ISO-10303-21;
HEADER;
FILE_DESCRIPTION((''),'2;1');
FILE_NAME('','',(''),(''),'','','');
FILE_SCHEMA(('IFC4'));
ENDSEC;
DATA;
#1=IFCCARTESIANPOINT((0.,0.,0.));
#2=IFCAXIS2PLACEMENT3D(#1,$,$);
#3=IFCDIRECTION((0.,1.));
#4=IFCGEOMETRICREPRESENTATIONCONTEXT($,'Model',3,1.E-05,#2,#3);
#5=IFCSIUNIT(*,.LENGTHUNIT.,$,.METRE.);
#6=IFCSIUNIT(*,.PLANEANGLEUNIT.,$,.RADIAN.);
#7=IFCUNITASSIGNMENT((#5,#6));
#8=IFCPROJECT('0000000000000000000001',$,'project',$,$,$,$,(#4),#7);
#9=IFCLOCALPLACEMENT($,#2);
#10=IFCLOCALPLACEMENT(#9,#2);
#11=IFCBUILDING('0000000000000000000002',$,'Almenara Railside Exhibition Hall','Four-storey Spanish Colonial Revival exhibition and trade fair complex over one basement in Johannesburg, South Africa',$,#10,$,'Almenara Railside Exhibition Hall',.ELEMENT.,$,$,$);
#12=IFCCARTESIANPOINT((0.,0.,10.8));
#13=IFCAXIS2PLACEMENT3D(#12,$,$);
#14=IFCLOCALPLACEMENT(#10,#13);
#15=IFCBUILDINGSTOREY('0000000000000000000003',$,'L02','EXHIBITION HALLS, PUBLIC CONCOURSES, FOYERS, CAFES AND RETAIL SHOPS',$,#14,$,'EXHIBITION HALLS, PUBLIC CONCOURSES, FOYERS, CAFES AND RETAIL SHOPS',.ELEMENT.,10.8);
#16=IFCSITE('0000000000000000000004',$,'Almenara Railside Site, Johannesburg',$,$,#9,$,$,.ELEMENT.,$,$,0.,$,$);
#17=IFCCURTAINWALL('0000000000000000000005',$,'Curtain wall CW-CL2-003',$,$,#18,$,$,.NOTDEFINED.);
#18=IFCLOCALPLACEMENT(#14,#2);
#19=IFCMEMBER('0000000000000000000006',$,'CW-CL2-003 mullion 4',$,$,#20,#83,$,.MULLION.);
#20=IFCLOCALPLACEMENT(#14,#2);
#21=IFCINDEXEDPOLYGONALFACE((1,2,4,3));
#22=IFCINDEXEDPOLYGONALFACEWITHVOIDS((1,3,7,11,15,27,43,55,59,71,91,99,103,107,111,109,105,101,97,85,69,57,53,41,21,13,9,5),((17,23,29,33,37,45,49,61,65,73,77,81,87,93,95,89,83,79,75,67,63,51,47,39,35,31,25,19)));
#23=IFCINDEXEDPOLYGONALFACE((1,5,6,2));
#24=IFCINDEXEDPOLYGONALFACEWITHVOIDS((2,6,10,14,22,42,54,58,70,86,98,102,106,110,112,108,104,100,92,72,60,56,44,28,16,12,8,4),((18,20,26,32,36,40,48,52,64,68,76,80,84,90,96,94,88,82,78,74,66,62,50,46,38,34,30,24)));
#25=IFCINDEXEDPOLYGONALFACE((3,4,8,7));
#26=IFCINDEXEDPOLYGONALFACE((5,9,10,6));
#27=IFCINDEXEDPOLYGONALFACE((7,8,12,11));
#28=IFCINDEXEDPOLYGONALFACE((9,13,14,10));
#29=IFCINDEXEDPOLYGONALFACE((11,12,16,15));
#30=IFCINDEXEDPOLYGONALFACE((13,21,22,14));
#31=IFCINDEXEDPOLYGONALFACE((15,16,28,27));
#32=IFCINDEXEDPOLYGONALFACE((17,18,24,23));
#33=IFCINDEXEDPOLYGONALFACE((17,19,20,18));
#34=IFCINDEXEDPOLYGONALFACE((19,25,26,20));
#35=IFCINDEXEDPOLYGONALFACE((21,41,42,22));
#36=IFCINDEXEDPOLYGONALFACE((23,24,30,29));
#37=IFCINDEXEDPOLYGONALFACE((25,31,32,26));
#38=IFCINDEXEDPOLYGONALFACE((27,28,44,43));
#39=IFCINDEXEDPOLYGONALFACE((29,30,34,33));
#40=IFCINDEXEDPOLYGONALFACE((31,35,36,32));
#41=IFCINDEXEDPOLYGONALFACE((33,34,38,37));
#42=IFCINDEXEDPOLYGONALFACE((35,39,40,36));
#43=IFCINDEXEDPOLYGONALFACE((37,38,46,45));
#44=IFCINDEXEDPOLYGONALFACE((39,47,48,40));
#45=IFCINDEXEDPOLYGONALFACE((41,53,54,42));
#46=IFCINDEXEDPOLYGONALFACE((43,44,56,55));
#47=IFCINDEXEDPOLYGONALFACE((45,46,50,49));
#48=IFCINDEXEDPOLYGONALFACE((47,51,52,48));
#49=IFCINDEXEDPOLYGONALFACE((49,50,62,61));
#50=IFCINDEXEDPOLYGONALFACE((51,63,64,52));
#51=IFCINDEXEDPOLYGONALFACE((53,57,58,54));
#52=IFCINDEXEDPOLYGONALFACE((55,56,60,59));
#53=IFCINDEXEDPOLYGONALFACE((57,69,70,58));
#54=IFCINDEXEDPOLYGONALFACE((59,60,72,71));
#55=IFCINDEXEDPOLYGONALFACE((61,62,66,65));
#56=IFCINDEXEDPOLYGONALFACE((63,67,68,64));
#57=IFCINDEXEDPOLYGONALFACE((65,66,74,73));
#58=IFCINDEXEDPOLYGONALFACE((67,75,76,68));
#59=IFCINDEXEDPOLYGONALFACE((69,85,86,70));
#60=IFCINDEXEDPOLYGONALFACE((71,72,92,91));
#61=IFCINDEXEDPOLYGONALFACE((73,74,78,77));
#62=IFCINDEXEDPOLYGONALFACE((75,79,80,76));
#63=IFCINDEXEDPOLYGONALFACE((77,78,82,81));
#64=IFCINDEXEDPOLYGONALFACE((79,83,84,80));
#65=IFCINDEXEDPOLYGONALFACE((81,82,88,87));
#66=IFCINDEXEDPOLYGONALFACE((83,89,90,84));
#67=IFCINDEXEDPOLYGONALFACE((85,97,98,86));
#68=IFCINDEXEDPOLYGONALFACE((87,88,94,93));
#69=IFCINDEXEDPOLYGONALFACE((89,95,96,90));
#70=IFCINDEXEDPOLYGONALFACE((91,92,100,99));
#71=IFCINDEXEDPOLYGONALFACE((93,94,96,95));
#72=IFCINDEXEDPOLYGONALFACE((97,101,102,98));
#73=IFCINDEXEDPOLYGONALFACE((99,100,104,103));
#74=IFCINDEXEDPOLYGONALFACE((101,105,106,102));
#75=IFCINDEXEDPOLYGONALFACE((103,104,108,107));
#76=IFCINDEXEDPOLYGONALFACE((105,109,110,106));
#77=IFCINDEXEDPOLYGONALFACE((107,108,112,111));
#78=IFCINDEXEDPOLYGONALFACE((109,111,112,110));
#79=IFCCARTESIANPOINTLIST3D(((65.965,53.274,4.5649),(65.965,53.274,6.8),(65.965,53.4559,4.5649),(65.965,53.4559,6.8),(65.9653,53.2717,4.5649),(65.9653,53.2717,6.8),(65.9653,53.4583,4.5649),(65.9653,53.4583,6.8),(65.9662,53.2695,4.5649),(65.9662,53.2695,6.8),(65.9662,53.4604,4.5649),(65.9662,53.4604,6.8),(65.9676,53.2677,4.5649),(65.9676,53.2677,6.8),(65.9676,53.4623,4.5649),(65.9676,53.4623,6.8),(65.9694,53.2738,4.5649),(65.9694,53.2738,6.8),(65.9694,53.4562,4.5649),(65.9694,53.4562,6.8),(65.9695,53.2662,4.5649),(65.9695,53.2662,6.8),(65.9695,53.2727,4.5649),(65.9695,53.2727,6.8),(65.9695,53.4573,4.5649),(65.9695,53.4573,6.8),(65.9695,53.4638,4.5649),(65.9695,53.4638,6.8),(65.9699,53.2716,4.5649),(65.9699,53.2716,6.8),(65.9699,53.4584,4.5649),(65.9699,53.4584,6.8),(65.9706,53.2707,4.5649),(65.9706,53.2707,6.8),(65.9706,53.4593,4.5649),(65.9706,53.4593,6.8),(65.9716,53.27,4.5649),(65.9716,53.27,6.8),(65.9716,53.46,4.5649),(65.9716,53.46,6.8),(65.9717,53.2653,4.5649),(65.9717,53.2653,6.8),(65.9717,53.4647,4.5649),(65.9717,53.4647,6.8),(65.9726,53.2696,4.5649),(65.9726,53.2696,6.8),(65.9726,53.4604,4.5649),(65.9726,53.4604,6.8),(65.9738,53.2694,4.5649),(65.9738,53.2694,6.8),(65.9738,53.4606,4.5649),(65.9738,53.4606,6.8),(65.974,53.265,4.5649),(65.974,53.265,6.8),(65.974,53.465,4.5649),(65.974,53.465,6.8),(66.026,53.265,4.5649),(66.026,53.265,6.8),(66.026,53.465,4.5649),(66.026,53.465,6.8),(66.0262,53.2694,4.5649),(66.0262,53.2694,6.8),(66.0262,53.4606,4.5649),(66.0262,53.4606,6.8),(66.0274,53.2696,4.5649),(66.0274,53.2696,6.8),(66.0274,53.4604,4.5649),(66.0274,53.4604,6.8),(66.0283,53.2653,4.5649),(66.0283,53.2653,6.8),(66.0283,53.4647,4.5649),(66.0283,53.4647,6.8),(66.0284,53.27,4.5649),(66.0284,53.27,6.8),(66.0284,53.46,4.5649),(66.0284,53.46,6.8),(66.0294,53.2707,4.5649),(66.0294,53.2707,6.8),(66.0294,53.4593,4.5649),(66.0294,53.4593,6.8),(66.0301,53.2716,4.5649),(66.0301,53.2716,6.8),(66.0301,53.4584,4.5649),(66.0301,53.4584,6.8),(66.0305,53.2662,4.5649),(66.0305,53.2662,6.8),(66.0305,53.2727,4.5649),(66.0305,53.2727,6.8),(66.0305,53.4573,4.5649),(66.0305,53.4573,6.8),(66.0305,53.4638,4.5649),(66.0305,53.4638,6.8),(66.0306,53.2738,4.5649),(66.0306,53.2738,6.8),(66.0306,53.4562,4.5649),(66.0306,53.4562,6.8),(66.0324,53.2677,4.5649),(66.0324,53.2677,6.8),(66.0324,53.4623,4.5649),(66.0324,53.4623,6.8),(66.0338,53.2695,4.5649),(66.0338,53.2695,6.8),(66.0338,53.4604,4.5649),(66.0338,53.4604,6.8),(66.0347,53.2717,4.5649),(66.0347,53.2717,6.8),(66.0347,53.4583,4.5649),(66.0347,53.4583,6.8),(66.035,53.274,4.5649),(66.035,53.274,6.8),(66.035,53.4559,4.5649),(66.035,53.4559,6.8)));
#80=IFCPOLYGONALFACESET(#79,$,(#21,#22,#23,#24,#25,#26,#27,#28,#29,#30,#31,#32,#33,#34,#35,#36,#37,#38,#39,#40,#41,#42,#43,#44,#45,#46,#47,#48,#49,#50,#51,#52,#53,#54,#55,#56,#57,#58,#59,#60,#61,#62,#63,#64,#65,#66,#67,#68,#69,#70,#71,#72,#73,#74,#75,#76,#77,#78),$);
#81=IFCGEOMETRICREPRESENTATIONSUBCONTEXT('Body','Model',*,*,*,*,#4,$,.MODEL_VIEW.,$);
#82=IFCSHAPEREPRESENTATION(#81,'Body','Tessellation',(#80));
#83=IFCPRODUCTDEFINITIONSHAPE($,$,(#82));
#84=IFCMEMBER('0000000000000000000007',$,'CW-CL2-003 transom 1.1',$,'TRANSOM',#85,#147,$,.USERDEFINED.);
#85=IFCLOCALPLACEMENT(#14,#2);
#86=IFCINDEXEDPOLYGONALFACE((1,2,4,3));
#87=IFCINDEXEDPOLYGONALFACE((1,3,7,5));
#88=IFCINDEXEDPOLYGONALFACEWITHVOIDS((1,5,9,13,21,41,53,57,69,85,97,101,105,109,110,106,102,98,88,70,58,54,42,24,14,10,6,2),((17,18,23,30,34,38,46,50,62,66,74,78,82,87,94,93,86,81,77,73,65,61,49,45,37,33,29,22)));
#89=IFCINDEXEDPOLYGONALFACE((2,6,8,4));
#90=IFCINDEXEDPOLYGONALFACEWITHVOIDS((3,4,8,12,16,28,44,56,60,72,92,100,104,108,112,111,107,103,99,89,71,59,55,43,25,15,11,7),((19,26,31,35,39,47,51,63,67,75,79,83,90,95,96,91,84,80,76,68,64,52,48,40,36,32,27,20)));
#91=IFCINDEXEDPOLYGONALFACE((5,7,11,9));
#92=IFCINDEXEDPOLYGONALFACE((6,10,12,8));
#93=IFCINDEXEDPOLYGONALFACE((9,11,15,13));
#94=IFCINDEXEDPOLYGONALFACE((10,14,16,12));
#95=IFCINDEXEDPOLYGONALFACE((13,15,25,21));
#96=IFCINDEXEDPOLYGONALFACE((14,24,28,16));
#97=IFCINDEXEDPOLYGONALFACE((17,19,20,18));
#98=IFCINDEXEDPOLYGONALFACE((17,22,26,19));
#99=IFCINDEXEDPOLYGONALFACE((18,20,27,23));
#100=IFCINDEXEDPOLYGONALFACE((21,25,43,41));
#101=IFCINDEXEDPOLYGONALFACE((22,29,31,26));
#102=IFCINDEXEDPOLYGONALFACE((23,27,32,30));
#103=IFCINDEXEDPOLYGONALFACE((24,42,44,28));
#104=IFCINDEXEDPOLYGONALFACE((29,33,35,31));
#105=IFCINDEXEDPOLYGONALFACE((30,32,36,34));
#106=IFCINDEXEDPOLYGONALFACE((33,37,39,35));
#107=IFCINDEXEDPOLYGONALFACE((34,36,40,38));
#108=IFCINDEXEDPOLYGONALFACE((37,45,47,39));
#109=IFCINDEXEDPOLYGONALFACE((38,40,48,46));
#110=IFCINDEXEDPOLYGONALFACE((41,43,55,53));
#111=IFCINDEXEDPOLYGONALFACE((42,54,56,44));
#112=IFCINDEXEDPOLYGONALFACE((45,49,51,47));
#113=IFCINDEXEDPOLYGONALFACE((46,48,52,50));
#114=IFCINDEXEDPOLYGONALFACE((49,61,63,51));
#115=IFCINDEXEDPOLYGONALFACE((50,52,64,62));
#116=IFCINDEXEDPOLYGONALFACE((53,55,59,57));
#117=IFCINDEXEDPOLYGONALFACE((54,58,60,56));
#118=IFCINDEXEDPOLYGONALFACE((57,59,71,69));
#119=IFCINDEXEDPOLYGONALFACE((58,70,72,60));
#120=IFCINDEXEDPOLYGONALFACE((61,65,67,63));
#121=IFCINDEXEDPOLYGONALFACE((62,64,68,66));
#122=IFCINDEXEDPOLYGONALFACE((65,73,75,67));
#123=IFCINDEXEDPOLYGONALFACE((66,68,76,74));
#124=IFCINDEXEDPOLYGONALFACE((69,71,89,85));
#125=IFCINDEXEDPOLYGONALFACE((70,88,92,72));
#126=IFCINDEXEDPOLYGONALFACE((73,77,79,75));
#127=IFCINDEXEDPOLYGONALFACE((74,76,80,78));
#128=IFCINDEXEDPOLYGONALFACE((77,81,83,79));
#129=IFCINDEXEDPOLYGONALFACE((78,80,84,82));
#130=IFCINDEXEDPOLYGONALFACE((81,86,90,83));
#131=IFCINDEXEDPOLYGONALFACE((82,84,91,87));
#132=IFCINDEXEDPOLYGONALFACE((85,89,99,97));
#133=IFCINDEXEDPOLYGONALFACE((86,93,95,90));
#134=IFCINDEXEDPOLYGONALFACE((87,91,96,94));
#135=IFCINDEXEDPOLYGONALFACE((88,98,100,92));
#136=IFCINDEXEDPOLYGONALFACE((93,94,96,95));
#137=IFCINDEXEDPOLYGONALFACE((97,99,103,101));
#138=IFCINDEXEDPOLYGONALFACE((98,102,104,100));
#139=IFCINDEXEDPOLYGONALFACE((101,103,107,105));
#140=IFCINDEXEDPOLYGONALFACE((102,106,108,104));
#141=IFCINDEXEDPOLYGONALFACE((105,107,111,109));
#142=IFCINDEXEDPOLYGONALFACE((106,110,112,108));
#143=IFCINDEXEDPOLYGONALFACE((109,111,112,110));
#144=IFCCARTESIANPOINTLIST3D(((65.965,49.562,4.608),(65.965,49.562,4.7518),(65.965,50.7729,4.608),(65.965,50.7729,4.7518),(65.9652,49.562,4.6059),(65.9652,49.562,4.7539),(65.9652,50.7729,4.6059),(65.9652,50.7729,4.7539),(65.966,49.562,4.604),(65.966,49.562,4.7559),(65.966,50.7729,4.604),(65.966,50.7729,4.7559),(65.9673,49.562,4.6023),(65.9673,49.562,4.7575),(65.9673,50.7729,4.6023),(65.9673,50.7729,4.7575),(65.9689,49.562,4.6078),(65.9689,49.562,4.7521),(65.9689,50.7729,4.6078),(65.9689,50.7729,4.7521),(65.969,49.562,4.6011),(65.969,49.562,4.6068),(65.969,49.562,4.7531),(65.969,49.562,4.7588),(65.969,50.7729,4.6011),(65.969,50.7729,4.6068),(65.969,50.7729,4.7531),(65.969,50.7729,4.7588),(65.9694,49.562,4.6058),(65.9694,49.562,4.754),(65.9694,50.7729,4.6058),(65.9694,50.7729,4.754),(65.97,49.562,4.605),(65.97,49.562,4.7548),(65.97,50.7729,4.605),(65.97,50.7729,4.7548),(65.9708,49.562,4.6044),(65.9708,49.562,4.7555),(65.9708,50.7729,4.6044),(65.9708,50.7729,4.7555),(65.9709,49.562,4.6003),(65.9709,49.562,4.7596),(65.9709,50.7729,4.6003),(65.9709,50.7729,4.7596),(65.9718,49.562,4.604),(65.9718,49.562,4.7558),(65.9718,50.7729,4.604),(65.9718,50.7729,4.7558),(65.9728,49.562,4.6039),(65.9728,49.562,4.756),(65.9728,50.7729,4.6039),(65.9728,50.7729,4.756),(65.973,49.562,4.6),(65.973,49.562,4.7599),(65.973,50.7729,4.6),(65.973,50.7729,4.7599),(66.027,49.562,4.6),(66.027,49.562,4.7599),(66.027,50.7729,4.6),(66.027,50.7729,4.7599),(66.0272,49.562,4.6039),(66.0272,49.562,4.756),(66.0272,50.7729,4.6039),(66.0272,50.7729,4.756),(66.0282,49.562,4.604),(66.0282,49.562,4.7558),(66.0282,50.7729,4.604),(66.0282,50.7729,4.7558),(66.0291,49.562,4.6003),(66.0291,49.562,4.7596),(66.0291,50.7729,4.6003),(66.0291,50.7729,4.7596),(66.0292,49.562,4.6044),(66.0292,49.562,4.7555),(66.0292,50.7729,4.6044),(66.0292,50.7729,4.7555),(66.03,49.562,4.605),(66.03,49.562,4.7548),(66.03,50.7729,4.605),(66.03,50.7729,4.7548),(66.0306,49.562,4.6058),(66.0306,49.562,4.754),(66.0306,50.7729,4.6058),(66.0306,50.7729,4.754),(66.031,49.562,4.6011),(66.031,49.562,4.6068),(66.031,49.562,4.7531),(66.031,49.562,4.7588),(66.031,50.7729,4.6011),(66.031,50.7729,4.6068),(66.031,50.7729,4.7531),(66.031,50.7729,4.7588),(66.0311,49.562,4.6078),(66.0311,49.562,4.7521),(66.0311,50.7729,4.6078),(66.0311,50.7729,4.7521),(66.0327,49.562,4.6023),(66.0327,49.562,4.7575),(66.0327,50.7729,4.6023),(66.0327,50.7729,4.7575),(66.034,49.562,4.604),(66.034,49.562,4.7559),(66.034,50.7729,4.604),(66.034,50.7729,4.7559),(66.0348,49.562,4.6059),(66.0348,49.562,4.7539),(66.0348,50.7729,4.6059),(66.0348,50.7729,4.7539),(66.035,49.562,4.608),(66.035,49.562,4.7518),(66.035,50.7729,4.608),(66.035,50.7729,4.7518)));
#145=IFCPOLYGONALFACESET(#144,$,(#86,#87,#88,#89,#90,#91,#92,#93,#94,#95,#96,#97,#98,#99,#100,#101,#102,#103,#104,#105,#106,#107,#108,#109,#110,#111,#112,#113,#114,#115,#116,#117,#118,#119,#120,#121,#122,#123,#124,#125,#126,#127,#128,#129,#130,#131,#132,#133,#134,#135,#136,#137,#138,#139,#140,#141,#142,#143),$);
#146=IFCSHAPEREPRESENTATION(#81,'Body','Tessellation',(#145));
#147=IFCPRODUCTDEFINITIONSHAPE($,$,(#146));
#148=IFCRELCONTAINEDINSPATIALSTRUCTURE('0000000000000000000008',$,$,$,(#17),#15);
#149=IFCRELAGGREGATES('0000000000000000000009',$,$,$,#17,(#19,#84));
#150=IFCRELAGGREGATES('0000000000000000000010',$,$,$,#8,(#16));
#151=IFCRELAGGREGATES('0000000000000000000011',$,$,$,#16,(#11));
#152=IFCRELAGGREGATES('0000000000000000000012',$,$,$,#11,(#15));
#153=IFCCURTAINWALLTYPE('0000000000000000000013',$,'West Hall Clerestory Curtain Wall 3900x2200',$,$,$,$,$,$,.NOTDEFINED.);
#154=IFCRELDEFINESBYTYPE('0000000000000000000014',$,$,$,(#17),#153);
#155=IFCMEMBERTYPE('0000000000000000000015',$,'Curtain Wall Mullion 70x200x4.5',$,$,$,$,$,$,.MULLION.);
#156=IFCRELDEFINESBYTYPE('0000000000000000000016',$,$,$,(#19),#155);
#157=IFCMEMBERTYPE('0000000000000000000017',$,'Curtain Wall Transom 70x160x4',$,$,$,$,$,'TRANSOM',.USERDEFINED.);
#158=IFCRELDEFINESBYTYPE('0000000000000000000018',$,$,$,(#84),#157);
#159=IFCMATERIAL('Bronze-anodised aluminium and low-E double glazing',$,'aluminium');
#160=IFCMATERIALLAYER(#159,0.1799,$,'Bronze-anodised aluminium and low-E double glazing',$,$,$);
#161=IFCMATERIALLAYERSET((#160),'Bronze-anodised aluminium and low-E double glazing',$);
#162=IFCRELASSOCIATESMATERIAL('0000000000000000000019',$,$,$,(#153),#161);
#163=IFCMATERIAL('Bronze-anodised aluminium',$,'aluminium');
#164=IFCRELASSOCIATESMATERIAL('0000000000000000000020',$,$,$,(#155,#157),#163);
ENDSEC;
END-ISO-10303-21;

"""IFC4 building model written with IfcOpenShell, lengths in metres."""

from ifc_helpers import new_model, si_unit, direction, frame, origin, origin_2d, place, context, subcontext, project, spatial, hollow_rectangle, extrude, material, layer, layer_set, material_profile, profile_set, type_object, element, aggregate, save


model = new_model("IFC4")

# Units and contexts
model_context = context("Model", 3, precision=1e-05, world=origin(), true_north=direction((0.0, 1.0)))
body_context = subcontext(model_context, "Body", "Model", "MODEL_VIEW")
ifc_project = project(units=[si_unit("LENGTHUNIT", "METRE"), si_unit("PLANEANGLEUNIT", "RADIAN")], contexts=[model_context])

# Site, building, storey
site_placement = place(None, origin())
site = spatial("IfcSite", under=ifc_project, at=site_placement, Name="Almenara Railside Site, Johannesburg", CompositionType="ELEMENT", RefElevation=0.0)
building_placement = place(site_placement, origin())
building = spatial("IfcBuilding", under=site, at=building_placement, Name="Almenara Railside Exhibition Hall", Description="Four-storey Spanish Colonial Revival exhibition and trade fair complex over one basement in Johannesburg, South Africa", LongName="Almenara Railside Exhibition Hall", CompositionType="ELEMENT")
storey_placement = place(building_placement, frame((0.0, 0.0, 10.8)))
storey = spatial("IfcBuildingStorey", under=building, at=storey_placement, Name="L02", Description="EXHIBITION HALLS, PUBLIC CONCOURSES, FOYERS, CAFES AND RETAIL SHOPS", LongName="EXHIBITION HALLS, PUBLIC CONCOURSES, FOYERS, CAFES AND RETAIL SHOPS", CompositionType="ELEMENT", Elevation=10.8)

# Curtain wall, members
ifc_material_1 = material(Name="Bronze-anodised aluminium and low-E double glazing", Category="aluminium")
ifc_layer_1 = layer(ifc_material_1, 0.1799, Name="Bronze-anodised aluminium and low-E double glazing")
ifc_layer_set_1 = layer_set([ifc_layer_1], Name="Bronze-anodised aluminium and low-E double glazing")
curtain_wall_type = type_object("IfcCurtainWallType", Name="West Hall Clerestory Curtain Wall 3900x2200", PredefinedType="NOTDEFINED", material=ifc_layer_set_1)
curtain_wall_placement = place(storey_placement, origin())
curtain_wall = element("IfcCurtainWall", 1, at=curtain_wall_placement, inside=storey, type_object=curtain_wall_type, Name="Curtain wall CW-CL2-003", PredefinedType="NOTDEFINED")
ifc_material_2 = material(Name="Bronze-anodised aluminium", Category="aluminium")
ifc_material_profile_1 = material_profile(ifc_material_2, hollow_rectangle(XDim=0.0701, YDim=0.2, WallThickness=0.0044, InnerFilletRadius=0.0044, OuterFilletRadius=0.009, at=origin_2d()), Name="ALU-MUL 70x200x4.5")
ifc_profile_set_1 = profile_set([ifc_material_profile_1], Name="Bronze-anodised aluminium")
member_type_1 = type_object("IfcMemberType", Name="Curtain Wall Mullion 70x200x4.5", PredefinedType="MULLION", material=ifc_profile_set_1)
member_1_placement = place(storey_placement, frame((66.0, 53.365, 4.5649), z_axis=(0.0, 0.0, 1.0), x_axis=(-1.0, 0.0, 0.0)))
member_1 = element("IfcMember", 2, at=member_1_placement, type_object=member_type_1, Name="CW-CL2-003 mullion 4", PredefinedType="MULLION", context=body_context, shape_type="SweptSolid", body=[
    extrude(hollow_rectangle(XDim=0.0701, YDim=0.2, WallThickness=0.0044, InnerFilletRadius=0.0044, OuterFilletRadius=0.009, at=origin_2d()), origin(), (0.0, 0.0, 1.0), 2.2351),
])
ifc_material_profile_2 = material_profile(ifc_material_2, hollow_rectangle(XDim=0.0701, YDim=0.1599, WallThickness=0.0039, InnerFilletRadius=0.0039, OuterFilletRadius=0.0081, at=origin_2d()), Name="ALU-TRN 70x160x4")
ifc_profile_set_2 = profile_set([ifc_material_profile_2], Name="Bronze-anodised aluminium")
member_type_2 = type_object("IfcMemberType", Name="Curtain Wall Transom 70x160x4", ElementType="TRANSOM", PredefinedType="USERDEFINED", material=ifc_profile_set_2)
member_2_placement = place(storey_placement, frame((66.0, 49.562, 4.6799), z_axis=(0.0, 1.0, 0.0), x_axis=(-1.0, 0.0, 0.0)))
member_2 = element("IfcMember", 3, at=member_2_placement, type_object=member_type_2, Name="CW-CL2-003 transom 1.1", ObjectType="TRANSOM", PredefinedType="USERDEFINED", context=body_context, shape_type="SweptSolid", body=[
    extrude(hollow_rectangle(XDim=0.0701, YDim=0.1599, WallThickness=0.0039, InnerFilletRadius=0.0039, OuterFilletRadius=0.0081, at=origin_2d()), origin(), (0.0, 0.0, 1.0), 1.2109),
])
aggregate(curtain_wall, [member_1, member_2])

save(model, "model.ifc")
